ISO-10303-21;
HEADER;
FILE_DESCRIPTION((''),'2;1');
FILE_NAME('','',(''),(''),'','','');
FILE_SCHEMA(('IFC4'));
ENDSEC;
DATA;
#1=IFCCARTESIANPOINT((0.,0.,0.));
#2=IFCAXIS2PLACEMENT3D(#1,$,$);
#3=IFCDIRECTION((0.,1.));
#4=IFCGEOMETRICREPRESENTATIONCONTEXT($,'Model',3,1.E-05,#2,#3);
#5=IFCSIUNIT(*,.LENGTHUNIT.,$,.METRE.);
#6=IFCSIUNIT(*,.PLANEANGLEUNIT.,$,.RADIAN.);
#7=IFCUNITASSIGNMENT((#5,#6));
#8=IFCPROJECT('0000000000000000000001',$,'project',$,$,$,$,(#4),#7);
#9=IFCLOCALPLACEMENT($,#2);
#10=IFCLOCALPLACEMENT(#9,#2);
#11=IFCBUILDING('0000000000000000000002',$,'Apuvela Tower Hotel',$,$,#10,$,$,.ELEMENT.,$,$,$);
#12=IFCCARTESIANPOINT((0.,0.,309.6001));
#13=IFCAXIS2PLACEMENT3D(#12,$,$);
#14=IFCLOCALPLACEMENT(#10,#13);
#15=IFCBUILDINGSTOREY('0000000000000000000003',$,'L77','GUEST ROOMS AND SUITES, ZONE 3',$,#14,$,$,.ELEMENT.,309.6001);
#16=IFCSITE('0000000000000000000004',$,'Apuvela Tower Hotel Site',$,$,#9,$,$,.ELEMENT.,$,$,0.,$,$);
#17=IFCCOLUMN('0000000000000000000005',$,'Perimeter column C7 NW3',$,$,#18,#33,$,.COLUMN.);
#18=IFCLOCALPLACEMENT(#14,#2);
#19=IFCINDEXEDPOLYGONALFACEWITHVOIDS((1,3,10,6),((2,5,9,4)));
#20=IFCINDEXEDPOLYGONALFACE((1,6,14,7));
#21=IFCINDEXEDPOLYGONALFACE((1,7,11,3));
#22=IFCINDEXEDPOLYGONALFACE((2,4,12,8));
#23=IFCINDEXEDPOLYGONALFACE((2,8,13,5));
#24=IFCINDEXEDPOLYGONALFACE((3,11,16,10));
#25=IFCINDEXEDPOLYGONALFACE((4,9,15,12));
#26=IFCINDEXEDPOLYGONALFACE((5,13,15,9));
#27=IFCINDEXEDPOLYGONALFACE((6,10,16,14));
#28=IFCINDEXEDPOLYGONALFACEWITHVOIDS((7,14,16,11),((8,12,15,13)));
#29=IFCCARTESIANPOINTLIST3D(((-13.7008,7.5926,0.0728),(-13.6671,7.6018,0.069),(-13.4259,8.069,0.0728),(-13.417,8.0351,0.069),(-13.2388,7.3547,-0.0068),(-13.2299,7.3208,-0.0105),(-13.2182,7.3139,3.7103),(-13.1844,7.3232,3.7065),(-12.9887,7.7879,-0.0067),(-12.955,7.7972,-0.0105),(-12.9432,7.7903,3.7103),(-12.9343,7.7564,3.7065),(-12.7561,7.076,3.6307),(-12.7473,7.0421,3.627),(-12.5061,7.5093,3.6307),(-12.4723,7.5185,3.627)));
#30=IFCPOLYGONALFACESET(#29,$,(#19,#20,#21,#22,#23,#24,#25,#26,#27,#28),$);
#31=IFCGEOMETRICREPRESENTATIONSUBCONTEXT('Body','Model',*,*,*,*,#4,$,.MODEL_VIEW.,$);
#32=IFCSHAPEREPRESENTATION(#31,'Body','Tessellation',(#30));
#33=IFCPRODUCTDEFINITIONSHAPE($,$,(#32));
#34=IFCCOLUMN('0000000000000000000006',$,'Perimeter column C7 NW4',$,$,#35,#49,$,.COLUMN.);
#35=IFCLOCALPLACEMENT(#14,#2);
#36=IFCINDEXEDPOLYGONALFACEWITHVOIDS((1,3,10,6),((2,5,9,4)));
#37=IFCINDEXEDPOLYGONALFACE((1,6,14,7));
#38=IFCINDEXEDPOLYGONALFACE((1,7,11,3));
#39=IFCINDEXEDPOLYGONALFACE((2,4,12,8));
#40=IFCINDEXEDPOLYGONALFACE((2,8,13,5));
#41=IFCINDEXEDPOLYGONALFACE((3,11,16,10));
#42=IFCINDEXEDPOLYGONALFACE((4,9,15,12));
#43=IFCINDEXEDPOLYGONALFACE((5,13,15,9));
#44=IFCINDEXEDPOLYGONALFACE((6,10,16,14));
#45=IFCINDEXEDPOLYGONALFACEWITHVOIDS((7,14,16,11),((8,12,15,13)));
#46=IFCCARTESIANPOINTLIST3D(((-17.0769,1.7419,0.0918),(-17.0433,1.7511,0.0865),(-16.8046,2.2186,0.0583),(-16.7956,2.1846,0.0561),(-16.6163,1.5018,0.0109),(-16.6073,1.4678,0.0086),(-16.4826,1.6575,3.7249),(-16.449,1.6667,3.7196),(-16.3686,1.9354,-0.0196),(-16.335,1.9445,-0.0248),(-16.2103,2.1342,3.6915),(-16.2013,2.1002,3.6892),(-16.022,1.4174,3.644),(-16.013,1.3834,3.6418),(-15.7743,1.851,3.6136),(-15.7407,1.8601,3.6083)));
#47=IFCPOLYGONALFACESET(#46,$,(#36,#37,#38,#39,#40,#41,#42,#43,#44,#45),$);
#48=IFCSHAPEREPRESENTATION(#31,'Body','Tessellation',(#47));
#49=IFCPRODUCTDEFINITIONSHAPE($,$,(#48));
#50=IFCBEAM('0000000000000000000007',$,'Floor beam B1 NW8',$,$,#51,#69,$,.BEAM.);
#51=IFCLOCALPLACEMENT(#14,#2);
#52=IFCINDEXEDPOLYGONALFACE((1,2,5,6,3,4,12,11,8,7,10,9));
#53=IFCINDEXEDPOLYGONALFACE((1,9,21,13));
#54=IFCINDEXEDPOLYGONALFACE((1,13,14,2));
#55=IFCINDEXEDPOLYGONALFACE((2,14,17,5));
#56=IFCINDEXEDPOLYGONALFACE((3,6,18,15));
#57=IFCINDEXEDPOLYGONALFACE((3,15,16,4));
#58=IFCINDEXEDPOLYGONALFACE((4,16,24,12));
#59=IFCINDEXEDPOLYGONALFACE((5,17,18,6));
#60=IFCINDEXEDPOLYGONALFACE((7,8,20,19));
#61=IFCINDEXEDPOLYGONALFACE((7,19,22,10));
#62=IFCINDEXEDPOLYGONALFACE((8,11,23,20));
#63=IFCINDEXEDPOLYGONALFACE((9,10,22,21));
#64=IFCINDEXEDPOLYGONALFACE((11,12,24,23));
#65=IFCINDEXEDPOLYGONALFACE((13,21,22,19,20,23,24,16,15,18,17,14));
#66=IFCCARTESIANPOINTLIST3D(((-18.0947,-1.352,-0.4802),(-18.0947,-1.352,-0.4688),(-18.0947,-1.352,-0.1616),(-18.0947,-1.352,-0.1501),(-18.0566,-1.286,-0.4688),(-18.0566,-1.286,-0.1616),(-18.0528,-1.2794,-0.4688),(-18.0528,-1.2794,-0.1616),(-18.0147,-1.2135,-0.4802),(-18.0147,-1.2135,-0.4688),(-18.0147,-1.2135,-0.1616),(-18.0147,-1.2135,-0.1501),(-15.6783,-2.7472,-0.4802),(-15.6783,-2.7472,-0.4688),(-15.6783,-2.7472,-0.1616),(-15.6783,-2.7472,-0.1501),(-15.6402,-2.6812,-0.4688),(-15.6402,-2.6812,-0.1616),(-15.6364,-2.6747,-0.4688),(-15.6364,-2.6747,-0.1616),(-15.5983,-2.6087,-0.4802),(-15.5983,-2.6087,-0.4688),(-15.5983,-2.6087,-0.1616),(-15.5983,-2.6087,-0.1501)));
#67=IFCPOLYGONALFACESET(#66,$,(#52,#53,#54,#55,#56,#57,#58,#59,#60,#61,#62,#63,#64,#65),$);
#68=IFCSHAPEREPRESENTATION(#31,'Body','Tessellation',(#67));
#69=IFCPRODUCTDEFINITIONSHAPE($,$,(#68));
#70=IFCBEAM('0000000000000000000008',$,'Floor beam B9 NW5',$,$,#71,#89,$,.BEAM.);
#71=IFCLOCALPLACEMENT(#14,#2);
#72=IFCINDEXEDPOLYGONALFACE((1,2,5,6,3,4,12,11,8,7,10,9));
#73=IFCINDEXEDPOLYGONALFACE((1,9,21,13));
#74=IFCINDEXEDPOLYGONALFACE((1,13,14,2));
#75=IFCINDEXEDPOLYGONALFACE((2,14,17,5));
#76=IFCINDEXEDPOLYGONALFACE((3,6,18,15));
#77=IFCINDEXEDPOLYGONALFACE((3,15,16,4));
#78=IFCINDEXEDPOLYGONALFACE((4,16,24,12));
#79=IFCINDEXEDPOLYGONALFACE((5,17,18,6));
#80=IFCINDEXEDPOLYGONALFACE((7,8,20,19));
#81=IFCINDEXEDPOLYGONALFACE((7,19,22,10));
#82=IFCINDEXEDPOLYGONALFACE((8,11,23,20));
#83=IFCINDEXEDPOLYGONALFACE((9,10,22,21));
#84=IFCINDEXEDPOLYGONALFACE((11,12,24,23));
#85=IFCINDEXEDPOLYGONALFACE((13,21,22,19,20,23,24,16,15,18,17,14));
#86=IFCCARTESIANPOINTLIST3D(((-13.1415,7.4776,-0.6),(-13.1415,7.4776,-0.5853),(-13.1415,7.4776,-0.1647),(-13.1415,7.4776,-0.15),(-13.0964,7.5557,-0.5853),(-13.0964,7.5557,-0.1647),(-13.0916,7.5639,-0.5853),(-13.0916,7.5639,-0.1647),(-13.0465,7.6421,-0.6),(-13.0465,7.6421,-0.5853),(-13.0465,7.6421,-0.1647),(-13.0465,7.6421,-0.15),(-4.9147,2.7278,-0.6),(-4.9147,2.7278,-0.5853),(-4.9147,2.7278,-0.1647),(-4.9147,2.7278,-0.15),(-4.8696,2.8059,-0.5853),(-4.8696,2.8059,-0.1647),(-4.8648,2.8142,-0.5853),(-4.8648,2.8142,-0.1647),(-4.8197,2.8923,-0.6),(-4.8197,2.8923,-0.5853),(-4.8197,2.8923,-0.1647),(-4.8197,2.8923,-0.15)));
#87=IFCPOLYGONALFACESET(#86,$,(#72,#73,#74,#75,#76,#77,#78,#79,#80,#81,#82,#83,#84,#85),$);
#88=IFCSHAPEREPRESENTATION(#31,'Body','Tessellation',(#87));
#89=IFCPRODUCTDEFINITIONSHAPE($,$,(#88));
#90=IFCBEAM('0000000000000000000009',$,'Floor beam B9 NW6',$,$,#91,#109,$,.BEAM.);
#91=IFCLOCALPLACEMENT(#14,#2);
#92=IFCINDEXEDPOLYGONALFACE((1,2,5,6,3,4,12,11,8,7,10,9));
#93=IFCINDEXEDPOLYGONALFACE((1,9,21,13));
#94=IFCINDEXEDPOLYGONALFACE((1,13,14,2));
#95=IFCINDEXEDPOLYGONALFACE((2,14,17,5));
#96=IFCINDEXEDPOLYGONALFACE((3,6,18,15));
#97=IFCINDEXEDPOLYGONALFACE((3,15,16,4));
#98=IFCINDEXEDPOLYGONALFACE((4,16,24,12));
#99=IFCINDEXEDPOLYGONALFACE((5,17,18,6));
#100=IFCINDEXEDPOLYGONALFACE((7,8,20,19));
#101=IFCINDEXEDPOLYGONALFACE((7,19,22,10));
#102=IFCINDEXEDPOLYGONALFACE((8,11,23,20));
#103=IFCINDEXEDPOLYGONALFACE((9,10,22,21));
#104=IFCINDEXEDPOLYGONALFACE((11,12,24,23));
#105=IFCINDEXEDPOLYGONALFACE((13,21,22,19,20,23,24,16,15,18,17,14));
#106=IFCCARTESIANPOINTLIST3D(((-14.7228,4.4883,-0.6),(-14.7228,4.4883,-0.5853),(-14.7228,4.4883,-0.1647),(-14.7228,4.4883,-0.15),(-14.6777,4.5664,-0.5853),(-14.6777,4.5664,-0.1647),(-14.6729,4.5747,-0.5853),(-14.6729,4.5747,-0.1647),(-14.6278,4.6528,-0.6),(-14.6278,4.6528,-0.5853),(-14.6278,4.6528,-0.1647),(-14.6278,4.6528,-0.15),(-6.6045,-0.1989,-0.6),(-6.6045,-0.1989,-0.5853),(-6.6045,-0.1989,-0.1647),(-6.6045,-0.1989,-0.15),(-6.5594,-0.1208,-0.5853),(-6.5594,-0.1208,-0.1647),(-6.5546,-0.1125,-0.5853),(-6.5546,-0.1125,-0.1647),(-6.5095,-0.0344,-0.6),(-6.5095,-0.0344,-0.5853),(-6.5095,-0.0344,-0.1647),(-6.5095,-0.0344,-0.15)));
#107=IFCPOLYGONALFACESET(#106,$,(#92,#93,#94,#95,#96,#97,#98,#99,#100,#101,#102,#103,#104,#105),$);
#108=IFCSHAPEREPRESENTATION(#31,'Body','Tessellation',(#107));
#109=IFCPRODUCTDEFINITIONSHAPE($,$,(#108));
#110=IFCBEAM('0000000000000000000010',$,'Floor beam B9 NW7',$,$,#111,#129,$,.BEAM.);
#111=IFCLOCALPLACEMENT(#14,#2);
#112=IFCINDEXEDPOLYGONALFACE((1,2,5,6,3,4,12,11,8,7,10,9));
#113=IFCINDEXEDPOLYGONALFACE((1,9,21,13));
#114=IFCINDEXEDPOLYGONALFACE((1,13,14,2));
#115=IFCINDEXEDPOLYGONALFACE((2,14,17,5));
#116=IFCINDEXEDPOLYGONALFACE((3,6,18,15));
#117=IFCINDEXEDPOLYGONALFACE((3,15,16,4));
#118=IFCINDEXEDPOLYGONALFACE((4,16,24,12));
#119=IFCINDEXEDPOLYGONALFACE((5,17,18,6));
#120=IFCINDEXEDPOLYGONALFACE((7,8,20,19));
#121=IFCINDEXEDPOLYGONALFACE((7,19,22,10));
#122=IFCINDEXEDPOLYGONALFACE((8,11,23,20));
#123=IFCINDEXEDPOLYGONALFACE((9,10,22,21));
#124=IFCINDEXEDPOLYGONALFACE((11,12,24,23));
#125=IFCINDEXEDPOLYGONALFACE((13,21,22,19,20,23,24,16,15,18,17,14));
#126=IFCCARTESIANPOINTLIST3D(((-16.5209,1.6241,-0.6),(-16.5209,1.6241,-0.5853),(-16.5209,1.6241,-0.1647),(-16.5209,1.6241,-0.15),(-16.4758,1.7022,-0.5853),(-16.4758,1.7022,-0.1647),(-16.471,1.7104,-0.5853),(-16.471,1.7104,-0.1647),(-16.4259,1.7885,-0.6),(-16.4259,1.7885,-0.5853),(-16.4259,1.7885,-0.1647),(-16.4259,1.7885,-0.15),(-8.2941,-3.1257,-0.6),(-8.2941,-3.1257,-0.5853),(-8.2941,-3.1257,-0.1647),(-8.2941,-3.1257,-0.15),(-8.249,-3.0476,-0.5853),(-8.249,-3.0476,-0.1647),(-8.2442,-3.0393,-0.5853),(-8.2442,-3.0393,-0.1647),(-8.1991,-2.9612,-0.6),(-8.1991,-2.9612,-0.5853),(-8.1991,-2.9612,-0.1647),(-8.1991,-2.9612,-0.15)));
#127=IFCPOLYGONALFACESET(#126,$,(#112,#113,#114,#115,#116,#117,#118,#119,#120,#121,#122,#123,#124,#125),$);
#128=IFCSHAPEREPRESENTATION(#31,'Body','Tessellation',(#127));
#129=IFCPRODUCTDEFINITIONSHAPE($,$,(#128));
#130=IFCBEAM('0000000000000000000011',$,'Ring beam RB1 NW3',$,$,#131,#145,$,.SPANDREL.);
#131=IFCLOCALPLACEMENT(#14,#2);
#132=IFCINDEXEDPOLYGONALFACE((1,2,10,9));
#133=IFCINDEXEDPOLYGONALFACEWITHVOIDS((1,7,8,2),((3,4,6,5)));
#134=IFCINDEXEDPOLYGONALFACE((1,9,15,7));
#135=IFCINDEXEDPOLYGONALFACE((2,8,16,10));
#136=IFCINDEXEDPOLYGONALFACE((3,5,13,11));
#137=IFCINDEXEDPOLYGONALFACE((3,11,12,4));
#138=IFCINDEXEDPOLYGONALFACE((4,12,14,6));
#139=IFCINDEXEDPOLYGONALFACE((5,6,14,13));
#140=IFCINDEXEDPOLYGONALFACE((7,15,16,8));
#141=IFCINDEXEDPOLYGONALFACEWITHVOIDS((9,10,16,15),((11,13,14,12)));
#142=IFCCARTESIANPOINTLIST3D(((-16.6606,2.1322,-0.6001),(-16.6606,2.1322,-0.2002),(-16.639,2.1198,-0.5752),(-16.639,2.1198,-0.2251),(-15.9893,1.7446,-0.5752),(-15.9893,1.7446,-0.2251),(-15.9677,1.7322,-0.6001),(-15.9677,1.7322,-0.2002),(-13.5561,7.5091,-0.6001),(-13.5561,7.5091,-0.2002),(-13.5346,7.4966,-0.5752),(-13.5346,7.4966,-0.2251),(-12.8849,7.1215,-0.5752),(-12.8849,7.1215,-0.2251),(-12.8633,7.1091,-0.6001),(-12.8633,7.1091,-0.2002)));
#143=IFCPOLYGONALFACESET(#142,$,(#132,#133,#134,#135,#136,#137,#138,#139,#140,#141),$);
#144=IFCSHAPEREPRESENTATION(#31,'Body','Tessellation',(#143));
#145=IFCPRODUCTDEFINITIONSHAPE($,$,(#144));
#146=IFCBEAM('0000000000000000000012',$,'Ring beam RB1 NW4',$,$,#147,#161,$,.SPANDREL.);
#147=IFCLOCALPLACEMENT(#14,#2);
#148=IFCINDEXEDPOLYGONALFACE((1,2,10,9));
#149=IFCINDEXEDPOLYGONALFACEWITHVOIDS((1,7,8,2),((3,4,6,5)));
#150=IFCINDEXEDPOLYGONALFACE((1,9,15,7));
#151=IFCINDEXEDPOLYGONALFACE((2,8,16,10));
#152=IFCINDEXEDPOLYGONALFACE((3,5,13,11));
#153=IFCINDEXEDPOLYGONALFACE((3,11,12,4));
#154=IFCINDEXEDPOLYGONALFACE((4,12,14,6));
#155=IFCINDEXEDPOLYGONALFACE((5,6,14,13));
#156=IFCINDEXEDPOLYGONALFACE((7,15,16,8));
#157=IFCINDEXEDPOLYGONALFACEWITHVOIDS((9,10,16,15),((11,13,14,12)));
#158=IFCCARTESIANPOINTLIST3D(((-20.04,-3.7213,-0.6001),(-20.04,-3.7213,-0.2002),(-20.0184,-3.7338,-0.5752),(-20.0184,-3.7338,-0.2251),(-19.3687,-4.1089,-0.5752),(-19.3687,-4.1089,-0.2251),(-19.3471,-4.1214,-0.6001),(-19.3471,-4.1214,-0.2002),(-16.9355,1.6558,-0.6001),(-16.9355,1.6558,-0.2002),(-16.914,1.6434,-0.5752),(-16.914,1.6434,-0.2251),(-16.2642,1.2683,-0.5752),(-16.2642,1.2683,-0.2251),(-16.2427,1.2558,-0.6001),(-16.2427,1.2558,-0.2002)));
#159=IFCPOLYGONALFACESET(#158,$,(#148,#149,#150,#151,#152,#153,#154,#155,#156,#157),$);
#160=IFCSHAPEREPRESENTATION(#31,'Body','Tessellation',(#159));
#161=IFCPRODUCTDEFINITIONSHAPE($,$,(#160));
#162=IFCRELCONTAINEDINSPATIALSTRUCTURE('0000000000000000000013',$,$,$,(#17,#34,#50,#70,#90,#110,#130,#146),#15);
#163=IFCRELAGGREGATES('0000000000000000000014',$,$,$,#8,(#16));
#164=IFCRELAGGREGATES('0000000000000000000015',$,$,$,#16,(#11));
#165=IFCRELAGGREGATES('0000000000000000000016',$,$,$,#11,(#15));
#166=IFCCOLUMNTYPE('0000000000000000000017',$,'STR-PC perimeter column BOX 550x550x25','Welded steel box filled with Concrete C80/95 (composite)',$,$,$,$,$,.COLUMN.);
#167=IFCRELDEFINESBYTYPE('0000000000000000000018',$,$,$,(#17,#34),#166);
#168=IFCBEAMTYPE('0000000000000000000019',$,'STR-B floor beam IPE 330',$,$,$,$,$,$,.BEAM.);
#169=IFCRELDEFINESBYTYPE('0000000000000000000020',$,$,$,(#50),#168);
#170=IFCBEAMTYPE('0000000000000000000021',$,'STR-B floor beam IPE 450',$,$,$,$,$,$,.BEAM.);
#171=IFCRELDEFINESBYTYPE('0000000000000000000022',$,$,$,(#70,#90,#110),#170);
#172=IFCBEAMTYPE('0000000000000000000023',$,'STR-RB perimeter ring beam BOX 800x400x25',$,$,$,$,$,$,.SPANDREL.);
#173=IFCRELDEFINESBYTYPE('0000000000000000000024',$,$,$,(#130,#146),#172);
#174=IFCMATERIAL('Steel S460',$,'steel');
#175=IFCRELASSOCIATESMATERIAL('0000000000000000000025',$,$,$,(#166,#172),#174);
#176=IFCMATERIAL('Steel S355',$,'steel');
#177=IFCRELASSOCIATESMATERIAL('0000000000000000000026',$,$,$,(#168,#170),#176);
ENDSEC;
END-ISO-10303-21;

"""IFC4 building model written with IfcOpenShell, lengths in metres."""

from ifc_helpers import new_model, si_unit, direction, frame, origin, origin_2d, place, context, subcontext, project, spatial, rectangle, hollow_rectangle, i_section, extrude, boolean, halfspace, material, material_profile, profile_set, type_object, element, save


model = new_model("IFC4")

# Units and contexts
model_context = context("Model", 3, precision=1e-05, world=origin(), true_north=direction((0.0, 1.0)))
body_context = subcontext(model_context, "Body", "Model", "MODEL_VIEW")
ifc_project = project(units=[si_unit("LENGTHUNIT", "METRE"), si_unit("PLANEANGLEUNIT", "RADIAN")], contexts=[model_context])

# Site, building, storey
site_placement = place(None, origin())
site = spatial("IfcSite", under=ifc_project, at=site_placement, Name="Apuvela Tower Hotel Site", CompositionType="ELEMENT", RefElevation=0.0)
building_placement = place(site_placement, origin())
building = spatial("IfcBuilding", under=site, at=building_placement, Name="Apuvela Tower Hotel", CompositionType="ELEMENT")
storey_placement = place(building_placement, frame((0.0, 0.0, 309.6001)))
storey = spatial("IfcBuildingStorey", under=building, at=storey_placement, Name="L77", Description="GUEST ROOMS AND SUITES, ZONE 3", CompositionType="ELEMENT", Elevation=309.6001)

# Columns
ifc_material_1 = material(Name="Steel S460", Category="steel")
ifc_material_profile_1 = material_profile(ifc_material_1, hollow_rectangle(XDim=0.55, YDim=0.55, WallThickness=0.0249, at=origin_2d()), Name="BOX 550x550x25")
ifc_material_2 = material(Name="Concrete C80/95", Category="concrete")
ifc_material_profile_2 = material_profile(ifc_material_2, rectangle(XDim=0.5, YDim=0.5, at=origin_2d()), Name="Concrete C80/95 infill")
ifc_profile_set_1 = profile_set([ifc_material_profile_1, ifc_material_profile_2], Name="Steel S460")
column_type = type_object("IfcColumnType", Name="STR-PC perimeter column BOX 550x550x25", Description="Welded steel box filled with Concrete C80/95 (composite)", PredefinedType="COLUMN", material=ifc_profile_set_1)
column_1_placement = place(storey_placement, frame((-13.332, 7.6973, 0.0), z_axis=(0.131165, -0.075725, 0.988464), x_axis=(0.499894, 0.866087, 0.000016)))
element("IfcColumn", 1, at=column_1_placement, inside=storey, type_object=column_type, Name="Perimeter column C7 NW3", PredefinedType="COLUMN", context=body_context, shape_type="SweptSolid", body=[
    boolean("DIFFERENCE", boolean("DIFFERENCE", extrude(hollow_rectangle(XDim=0.55, YDim=0.55, WallThickness=0.0249, at=origin_2d()), origin(), (0.0, 0.0, 1.0), 3.7432), halfspace(frame((0.0, 0.0, 0.0315), z_axis=(0.0, 0.0, 1.0), x_axis=(1.0, 0.0, 0.0)), True)), halfspace(frame((0.0, 0.0, 3.7114), z_axis=(0.0, 0.0, 1.0), x_axis=(1.0, 0.0, 0.0)), False)),
])
column_2_placement = place(storey_placement, frame((-16.7114, 1.844, 0.0), z_axis=(0.161389, -0.022916, 0.986625), x_axis=(-0.49511, -0.866696, 0.060858)))
element("IfcColumn", 2, at=column_2_placement, inside=storey, type_object=column_type, Name="Perimeter column C7 NW4", PredefinedType="COLUMN", context=body_context, shape_type="SweptSolid", body=[
    boolean("DIFFERENCE", boolean("DIFFERENCE", extrude(hollow_rectangle(XDim=0.55, YDim=0.55, WallThickness=0.0249, at=origin_2d()), origin(), (0.0, 0.0, 1.0), 3.75), halfspace(frame((0.0, 0.0, 0.0339), z_axis=(0.0, 0.0, 1.0), x_axis=(1.0, 0.0, 0.0)), True)), halfspace(frame((0.0, 0.0, 3.7163), z_axis=(0.0, 0.0, 1.0), x_axis=(1.0, 0.0, 0.0)), False)),
])

# Beams
ifc_material_3 = material(Name="Steel S355", Category="steel")
ifc_material_profile_3 = material_profile(ifc_material_3, i_section(OverallWidth=0.1599, OverallDepth=0.3301, WebThickness=0.0076, FlangeThickness=0.0115, at=origin_2d()), Name="IPE 330")
ifc_profile_set_2 = profile_set([ifc_material_profile_3], Name="Steel S355")
beam_type_1 = type_object("IfcBeamType", Name="STR-B floor beam IPE 330", PredefinedType="BEAM", material=ifc_profile_set_2)
beam_1_placement = place(storey_placement, frame((-18.0547, -1.2827, -0.3152), z_axis=(0.866011, -0.500025, 0.0), x_axis=(0.500025, 0.866011, 0.0)))
element("IfcBeam", 3, at=beam_1_placement, inside=storey, type_object=beam_type_1, Name="Floor beam B1 NW8", PredefinedType="BEAM", context=body_context, shape_type="SweptSolid", body=[
    extrude(i_section(OverallWidth=0.1599, OverallDepth=0.3301, WebThickness=0.0076, FlangeThickness=0.0115, at=origin_2d()), origin(), (0.0, 0.0, 1.0), 2.7903),
])
ifc_material_profile_4 = material_profile(ifc_material_3, i_section(OverallWidth=0.1899, OverallDepth=0.45, WebThickness=0.0095, FlangeThickness=0.0146, at=origin_2d()), Name="IPE 450")
ifc_profile_set_3 = profile_set([ifc_material_profile_4], Name="Steel S355")
beam_type_2 = type_object("IfcBeamType", Name="STR-B floor beam IPE 450", PredefinedType="BEAM", material=ifc_profile_set_3)
beam_2_placement = place(storey_placement, frame((-13.094, 7.5598, -0.375), z_axis=(0.866025, -0.500001, 0.0), x_axis=(0.500001, 0.866025, 0.0)))
element("IfcBeam", 4, at=beam_2_placement, inside=storey, type_object=beam_type_2, Name="Floor beam B9 NW5", PredefinedType="BEAM", context=body_context, shape_type="SweptSolid", body=[
    extrude(i_section(OverallWidth=0.1899, OverallDepth=0.45, WebThickness=0.0095, FlangeThickness=0.0146, at=origin_2d()), origin(), (0.0, 0.0, 1.0), 9.4995),
])
beam_3_placement = place(storey_placement, frame((-14.6753, 4.5706, -0.375), z_axis=(0.866021, -0.500007, 0.0), x_axis=(0.500007, 0.866021, 0.0)))
element("IfcBeam", 5, at=beam_3_placement, inside=storey, type_object=beam_type_2, Name="Floor beam B9 NW6", PredefinedType="BEAM", context=body_context, shape_type="SweptSolid", body=[
    extrude(i_section(OverallWidth=0.1899, OverallDepth=0.45, WebThickness=0.0095, FlangeThickness=0.0146, at=origin_2d()), origin(), (0.0, 0.0, 1.0), 9.3743),
])
beam_4_placement = place(storey_placement, frame((-16.4734, 1.7063, -0.375), z_axis=(0.866025, -0.500001, 0.0), x_axis=(0.500001, 0.866025, 0.0)))
element("IfcBeam", 6, at=beam_4_placement, inside=storey, type_object=beam_type_2, Name="Floor beam B9 NW7", PredefinedType="BEAM", context=body_context, shape_type="SweptSolid", body=[
    extrude(i_section(OverallWidth=0.1899, OverallDepth=0.45, WebThickness=0.0095, FlangeThickness=0.0146, at=origin_2d()), origin(), (0.0, 0.0, 1.0), 9.4995),
])
ifc_material_profile_5 = material_profile(ifc_material_1, hollow_rectangle(XDim=0.8, YDim=0.3999, WallThickness=0.0249, at=origin_2d()), Name="BOX 800x400x25")
ifc_profile_set_4 = profile_set([ifc_material_profile_5], Name="Steel S460")
beam_type_3 = type_object("IfcBeamType", Name="STR-RB perimeter ring beam BOX 800x400x25", PredefinedType="SPANDREL", material=ifc_profile_set_4)
beam_5_placement = place(storey_placement, frame((-13.2097, 7.3091, -0.4001), z_axis=(-0.500013, -0.866018, 0.0), x_axis=(0.866018, -0.500013, 0.0)))
element("IfcBeam", 7, at=beam_5_placement, inside=storey, type_object=beam_type_3, Name="Ring beam RB1 NW3", PredefinedType="SPANDREL", context=body_context, shape_type="SweptSolid", body=[
    extrude(hollow_rectangle(XDim=0.8, YDim=0.3999, WallThickness=0.0249, at=origin_2d()), origin(), (0.0, 0.0, 1.0), 6.2087),
])
beam_6_placement = place(storey_placement, frame((-16.5891, 1.4558, -0.4001), z_axis=(-0.499996, -0.866028, 0.0), x_axis=(0.866028, -0.499996, 0.0)))
element("IfcBeam", 8, at=beam_6_placement, inside=storey, type_object=beam_type_3, Name="Ring beam RB1 NW4", PredefinedType="SPANDREL", context=body_context, shape_type="SweptSolid", body=[
    extrude(hollow_rectangle(XDim=0.8, YDim=0.3999, WallThickness=0.0249, at=origin_2d()), origin(), (0.0, 0.0, 1.0), 6.209),
])

save(model, "model.ifc")
